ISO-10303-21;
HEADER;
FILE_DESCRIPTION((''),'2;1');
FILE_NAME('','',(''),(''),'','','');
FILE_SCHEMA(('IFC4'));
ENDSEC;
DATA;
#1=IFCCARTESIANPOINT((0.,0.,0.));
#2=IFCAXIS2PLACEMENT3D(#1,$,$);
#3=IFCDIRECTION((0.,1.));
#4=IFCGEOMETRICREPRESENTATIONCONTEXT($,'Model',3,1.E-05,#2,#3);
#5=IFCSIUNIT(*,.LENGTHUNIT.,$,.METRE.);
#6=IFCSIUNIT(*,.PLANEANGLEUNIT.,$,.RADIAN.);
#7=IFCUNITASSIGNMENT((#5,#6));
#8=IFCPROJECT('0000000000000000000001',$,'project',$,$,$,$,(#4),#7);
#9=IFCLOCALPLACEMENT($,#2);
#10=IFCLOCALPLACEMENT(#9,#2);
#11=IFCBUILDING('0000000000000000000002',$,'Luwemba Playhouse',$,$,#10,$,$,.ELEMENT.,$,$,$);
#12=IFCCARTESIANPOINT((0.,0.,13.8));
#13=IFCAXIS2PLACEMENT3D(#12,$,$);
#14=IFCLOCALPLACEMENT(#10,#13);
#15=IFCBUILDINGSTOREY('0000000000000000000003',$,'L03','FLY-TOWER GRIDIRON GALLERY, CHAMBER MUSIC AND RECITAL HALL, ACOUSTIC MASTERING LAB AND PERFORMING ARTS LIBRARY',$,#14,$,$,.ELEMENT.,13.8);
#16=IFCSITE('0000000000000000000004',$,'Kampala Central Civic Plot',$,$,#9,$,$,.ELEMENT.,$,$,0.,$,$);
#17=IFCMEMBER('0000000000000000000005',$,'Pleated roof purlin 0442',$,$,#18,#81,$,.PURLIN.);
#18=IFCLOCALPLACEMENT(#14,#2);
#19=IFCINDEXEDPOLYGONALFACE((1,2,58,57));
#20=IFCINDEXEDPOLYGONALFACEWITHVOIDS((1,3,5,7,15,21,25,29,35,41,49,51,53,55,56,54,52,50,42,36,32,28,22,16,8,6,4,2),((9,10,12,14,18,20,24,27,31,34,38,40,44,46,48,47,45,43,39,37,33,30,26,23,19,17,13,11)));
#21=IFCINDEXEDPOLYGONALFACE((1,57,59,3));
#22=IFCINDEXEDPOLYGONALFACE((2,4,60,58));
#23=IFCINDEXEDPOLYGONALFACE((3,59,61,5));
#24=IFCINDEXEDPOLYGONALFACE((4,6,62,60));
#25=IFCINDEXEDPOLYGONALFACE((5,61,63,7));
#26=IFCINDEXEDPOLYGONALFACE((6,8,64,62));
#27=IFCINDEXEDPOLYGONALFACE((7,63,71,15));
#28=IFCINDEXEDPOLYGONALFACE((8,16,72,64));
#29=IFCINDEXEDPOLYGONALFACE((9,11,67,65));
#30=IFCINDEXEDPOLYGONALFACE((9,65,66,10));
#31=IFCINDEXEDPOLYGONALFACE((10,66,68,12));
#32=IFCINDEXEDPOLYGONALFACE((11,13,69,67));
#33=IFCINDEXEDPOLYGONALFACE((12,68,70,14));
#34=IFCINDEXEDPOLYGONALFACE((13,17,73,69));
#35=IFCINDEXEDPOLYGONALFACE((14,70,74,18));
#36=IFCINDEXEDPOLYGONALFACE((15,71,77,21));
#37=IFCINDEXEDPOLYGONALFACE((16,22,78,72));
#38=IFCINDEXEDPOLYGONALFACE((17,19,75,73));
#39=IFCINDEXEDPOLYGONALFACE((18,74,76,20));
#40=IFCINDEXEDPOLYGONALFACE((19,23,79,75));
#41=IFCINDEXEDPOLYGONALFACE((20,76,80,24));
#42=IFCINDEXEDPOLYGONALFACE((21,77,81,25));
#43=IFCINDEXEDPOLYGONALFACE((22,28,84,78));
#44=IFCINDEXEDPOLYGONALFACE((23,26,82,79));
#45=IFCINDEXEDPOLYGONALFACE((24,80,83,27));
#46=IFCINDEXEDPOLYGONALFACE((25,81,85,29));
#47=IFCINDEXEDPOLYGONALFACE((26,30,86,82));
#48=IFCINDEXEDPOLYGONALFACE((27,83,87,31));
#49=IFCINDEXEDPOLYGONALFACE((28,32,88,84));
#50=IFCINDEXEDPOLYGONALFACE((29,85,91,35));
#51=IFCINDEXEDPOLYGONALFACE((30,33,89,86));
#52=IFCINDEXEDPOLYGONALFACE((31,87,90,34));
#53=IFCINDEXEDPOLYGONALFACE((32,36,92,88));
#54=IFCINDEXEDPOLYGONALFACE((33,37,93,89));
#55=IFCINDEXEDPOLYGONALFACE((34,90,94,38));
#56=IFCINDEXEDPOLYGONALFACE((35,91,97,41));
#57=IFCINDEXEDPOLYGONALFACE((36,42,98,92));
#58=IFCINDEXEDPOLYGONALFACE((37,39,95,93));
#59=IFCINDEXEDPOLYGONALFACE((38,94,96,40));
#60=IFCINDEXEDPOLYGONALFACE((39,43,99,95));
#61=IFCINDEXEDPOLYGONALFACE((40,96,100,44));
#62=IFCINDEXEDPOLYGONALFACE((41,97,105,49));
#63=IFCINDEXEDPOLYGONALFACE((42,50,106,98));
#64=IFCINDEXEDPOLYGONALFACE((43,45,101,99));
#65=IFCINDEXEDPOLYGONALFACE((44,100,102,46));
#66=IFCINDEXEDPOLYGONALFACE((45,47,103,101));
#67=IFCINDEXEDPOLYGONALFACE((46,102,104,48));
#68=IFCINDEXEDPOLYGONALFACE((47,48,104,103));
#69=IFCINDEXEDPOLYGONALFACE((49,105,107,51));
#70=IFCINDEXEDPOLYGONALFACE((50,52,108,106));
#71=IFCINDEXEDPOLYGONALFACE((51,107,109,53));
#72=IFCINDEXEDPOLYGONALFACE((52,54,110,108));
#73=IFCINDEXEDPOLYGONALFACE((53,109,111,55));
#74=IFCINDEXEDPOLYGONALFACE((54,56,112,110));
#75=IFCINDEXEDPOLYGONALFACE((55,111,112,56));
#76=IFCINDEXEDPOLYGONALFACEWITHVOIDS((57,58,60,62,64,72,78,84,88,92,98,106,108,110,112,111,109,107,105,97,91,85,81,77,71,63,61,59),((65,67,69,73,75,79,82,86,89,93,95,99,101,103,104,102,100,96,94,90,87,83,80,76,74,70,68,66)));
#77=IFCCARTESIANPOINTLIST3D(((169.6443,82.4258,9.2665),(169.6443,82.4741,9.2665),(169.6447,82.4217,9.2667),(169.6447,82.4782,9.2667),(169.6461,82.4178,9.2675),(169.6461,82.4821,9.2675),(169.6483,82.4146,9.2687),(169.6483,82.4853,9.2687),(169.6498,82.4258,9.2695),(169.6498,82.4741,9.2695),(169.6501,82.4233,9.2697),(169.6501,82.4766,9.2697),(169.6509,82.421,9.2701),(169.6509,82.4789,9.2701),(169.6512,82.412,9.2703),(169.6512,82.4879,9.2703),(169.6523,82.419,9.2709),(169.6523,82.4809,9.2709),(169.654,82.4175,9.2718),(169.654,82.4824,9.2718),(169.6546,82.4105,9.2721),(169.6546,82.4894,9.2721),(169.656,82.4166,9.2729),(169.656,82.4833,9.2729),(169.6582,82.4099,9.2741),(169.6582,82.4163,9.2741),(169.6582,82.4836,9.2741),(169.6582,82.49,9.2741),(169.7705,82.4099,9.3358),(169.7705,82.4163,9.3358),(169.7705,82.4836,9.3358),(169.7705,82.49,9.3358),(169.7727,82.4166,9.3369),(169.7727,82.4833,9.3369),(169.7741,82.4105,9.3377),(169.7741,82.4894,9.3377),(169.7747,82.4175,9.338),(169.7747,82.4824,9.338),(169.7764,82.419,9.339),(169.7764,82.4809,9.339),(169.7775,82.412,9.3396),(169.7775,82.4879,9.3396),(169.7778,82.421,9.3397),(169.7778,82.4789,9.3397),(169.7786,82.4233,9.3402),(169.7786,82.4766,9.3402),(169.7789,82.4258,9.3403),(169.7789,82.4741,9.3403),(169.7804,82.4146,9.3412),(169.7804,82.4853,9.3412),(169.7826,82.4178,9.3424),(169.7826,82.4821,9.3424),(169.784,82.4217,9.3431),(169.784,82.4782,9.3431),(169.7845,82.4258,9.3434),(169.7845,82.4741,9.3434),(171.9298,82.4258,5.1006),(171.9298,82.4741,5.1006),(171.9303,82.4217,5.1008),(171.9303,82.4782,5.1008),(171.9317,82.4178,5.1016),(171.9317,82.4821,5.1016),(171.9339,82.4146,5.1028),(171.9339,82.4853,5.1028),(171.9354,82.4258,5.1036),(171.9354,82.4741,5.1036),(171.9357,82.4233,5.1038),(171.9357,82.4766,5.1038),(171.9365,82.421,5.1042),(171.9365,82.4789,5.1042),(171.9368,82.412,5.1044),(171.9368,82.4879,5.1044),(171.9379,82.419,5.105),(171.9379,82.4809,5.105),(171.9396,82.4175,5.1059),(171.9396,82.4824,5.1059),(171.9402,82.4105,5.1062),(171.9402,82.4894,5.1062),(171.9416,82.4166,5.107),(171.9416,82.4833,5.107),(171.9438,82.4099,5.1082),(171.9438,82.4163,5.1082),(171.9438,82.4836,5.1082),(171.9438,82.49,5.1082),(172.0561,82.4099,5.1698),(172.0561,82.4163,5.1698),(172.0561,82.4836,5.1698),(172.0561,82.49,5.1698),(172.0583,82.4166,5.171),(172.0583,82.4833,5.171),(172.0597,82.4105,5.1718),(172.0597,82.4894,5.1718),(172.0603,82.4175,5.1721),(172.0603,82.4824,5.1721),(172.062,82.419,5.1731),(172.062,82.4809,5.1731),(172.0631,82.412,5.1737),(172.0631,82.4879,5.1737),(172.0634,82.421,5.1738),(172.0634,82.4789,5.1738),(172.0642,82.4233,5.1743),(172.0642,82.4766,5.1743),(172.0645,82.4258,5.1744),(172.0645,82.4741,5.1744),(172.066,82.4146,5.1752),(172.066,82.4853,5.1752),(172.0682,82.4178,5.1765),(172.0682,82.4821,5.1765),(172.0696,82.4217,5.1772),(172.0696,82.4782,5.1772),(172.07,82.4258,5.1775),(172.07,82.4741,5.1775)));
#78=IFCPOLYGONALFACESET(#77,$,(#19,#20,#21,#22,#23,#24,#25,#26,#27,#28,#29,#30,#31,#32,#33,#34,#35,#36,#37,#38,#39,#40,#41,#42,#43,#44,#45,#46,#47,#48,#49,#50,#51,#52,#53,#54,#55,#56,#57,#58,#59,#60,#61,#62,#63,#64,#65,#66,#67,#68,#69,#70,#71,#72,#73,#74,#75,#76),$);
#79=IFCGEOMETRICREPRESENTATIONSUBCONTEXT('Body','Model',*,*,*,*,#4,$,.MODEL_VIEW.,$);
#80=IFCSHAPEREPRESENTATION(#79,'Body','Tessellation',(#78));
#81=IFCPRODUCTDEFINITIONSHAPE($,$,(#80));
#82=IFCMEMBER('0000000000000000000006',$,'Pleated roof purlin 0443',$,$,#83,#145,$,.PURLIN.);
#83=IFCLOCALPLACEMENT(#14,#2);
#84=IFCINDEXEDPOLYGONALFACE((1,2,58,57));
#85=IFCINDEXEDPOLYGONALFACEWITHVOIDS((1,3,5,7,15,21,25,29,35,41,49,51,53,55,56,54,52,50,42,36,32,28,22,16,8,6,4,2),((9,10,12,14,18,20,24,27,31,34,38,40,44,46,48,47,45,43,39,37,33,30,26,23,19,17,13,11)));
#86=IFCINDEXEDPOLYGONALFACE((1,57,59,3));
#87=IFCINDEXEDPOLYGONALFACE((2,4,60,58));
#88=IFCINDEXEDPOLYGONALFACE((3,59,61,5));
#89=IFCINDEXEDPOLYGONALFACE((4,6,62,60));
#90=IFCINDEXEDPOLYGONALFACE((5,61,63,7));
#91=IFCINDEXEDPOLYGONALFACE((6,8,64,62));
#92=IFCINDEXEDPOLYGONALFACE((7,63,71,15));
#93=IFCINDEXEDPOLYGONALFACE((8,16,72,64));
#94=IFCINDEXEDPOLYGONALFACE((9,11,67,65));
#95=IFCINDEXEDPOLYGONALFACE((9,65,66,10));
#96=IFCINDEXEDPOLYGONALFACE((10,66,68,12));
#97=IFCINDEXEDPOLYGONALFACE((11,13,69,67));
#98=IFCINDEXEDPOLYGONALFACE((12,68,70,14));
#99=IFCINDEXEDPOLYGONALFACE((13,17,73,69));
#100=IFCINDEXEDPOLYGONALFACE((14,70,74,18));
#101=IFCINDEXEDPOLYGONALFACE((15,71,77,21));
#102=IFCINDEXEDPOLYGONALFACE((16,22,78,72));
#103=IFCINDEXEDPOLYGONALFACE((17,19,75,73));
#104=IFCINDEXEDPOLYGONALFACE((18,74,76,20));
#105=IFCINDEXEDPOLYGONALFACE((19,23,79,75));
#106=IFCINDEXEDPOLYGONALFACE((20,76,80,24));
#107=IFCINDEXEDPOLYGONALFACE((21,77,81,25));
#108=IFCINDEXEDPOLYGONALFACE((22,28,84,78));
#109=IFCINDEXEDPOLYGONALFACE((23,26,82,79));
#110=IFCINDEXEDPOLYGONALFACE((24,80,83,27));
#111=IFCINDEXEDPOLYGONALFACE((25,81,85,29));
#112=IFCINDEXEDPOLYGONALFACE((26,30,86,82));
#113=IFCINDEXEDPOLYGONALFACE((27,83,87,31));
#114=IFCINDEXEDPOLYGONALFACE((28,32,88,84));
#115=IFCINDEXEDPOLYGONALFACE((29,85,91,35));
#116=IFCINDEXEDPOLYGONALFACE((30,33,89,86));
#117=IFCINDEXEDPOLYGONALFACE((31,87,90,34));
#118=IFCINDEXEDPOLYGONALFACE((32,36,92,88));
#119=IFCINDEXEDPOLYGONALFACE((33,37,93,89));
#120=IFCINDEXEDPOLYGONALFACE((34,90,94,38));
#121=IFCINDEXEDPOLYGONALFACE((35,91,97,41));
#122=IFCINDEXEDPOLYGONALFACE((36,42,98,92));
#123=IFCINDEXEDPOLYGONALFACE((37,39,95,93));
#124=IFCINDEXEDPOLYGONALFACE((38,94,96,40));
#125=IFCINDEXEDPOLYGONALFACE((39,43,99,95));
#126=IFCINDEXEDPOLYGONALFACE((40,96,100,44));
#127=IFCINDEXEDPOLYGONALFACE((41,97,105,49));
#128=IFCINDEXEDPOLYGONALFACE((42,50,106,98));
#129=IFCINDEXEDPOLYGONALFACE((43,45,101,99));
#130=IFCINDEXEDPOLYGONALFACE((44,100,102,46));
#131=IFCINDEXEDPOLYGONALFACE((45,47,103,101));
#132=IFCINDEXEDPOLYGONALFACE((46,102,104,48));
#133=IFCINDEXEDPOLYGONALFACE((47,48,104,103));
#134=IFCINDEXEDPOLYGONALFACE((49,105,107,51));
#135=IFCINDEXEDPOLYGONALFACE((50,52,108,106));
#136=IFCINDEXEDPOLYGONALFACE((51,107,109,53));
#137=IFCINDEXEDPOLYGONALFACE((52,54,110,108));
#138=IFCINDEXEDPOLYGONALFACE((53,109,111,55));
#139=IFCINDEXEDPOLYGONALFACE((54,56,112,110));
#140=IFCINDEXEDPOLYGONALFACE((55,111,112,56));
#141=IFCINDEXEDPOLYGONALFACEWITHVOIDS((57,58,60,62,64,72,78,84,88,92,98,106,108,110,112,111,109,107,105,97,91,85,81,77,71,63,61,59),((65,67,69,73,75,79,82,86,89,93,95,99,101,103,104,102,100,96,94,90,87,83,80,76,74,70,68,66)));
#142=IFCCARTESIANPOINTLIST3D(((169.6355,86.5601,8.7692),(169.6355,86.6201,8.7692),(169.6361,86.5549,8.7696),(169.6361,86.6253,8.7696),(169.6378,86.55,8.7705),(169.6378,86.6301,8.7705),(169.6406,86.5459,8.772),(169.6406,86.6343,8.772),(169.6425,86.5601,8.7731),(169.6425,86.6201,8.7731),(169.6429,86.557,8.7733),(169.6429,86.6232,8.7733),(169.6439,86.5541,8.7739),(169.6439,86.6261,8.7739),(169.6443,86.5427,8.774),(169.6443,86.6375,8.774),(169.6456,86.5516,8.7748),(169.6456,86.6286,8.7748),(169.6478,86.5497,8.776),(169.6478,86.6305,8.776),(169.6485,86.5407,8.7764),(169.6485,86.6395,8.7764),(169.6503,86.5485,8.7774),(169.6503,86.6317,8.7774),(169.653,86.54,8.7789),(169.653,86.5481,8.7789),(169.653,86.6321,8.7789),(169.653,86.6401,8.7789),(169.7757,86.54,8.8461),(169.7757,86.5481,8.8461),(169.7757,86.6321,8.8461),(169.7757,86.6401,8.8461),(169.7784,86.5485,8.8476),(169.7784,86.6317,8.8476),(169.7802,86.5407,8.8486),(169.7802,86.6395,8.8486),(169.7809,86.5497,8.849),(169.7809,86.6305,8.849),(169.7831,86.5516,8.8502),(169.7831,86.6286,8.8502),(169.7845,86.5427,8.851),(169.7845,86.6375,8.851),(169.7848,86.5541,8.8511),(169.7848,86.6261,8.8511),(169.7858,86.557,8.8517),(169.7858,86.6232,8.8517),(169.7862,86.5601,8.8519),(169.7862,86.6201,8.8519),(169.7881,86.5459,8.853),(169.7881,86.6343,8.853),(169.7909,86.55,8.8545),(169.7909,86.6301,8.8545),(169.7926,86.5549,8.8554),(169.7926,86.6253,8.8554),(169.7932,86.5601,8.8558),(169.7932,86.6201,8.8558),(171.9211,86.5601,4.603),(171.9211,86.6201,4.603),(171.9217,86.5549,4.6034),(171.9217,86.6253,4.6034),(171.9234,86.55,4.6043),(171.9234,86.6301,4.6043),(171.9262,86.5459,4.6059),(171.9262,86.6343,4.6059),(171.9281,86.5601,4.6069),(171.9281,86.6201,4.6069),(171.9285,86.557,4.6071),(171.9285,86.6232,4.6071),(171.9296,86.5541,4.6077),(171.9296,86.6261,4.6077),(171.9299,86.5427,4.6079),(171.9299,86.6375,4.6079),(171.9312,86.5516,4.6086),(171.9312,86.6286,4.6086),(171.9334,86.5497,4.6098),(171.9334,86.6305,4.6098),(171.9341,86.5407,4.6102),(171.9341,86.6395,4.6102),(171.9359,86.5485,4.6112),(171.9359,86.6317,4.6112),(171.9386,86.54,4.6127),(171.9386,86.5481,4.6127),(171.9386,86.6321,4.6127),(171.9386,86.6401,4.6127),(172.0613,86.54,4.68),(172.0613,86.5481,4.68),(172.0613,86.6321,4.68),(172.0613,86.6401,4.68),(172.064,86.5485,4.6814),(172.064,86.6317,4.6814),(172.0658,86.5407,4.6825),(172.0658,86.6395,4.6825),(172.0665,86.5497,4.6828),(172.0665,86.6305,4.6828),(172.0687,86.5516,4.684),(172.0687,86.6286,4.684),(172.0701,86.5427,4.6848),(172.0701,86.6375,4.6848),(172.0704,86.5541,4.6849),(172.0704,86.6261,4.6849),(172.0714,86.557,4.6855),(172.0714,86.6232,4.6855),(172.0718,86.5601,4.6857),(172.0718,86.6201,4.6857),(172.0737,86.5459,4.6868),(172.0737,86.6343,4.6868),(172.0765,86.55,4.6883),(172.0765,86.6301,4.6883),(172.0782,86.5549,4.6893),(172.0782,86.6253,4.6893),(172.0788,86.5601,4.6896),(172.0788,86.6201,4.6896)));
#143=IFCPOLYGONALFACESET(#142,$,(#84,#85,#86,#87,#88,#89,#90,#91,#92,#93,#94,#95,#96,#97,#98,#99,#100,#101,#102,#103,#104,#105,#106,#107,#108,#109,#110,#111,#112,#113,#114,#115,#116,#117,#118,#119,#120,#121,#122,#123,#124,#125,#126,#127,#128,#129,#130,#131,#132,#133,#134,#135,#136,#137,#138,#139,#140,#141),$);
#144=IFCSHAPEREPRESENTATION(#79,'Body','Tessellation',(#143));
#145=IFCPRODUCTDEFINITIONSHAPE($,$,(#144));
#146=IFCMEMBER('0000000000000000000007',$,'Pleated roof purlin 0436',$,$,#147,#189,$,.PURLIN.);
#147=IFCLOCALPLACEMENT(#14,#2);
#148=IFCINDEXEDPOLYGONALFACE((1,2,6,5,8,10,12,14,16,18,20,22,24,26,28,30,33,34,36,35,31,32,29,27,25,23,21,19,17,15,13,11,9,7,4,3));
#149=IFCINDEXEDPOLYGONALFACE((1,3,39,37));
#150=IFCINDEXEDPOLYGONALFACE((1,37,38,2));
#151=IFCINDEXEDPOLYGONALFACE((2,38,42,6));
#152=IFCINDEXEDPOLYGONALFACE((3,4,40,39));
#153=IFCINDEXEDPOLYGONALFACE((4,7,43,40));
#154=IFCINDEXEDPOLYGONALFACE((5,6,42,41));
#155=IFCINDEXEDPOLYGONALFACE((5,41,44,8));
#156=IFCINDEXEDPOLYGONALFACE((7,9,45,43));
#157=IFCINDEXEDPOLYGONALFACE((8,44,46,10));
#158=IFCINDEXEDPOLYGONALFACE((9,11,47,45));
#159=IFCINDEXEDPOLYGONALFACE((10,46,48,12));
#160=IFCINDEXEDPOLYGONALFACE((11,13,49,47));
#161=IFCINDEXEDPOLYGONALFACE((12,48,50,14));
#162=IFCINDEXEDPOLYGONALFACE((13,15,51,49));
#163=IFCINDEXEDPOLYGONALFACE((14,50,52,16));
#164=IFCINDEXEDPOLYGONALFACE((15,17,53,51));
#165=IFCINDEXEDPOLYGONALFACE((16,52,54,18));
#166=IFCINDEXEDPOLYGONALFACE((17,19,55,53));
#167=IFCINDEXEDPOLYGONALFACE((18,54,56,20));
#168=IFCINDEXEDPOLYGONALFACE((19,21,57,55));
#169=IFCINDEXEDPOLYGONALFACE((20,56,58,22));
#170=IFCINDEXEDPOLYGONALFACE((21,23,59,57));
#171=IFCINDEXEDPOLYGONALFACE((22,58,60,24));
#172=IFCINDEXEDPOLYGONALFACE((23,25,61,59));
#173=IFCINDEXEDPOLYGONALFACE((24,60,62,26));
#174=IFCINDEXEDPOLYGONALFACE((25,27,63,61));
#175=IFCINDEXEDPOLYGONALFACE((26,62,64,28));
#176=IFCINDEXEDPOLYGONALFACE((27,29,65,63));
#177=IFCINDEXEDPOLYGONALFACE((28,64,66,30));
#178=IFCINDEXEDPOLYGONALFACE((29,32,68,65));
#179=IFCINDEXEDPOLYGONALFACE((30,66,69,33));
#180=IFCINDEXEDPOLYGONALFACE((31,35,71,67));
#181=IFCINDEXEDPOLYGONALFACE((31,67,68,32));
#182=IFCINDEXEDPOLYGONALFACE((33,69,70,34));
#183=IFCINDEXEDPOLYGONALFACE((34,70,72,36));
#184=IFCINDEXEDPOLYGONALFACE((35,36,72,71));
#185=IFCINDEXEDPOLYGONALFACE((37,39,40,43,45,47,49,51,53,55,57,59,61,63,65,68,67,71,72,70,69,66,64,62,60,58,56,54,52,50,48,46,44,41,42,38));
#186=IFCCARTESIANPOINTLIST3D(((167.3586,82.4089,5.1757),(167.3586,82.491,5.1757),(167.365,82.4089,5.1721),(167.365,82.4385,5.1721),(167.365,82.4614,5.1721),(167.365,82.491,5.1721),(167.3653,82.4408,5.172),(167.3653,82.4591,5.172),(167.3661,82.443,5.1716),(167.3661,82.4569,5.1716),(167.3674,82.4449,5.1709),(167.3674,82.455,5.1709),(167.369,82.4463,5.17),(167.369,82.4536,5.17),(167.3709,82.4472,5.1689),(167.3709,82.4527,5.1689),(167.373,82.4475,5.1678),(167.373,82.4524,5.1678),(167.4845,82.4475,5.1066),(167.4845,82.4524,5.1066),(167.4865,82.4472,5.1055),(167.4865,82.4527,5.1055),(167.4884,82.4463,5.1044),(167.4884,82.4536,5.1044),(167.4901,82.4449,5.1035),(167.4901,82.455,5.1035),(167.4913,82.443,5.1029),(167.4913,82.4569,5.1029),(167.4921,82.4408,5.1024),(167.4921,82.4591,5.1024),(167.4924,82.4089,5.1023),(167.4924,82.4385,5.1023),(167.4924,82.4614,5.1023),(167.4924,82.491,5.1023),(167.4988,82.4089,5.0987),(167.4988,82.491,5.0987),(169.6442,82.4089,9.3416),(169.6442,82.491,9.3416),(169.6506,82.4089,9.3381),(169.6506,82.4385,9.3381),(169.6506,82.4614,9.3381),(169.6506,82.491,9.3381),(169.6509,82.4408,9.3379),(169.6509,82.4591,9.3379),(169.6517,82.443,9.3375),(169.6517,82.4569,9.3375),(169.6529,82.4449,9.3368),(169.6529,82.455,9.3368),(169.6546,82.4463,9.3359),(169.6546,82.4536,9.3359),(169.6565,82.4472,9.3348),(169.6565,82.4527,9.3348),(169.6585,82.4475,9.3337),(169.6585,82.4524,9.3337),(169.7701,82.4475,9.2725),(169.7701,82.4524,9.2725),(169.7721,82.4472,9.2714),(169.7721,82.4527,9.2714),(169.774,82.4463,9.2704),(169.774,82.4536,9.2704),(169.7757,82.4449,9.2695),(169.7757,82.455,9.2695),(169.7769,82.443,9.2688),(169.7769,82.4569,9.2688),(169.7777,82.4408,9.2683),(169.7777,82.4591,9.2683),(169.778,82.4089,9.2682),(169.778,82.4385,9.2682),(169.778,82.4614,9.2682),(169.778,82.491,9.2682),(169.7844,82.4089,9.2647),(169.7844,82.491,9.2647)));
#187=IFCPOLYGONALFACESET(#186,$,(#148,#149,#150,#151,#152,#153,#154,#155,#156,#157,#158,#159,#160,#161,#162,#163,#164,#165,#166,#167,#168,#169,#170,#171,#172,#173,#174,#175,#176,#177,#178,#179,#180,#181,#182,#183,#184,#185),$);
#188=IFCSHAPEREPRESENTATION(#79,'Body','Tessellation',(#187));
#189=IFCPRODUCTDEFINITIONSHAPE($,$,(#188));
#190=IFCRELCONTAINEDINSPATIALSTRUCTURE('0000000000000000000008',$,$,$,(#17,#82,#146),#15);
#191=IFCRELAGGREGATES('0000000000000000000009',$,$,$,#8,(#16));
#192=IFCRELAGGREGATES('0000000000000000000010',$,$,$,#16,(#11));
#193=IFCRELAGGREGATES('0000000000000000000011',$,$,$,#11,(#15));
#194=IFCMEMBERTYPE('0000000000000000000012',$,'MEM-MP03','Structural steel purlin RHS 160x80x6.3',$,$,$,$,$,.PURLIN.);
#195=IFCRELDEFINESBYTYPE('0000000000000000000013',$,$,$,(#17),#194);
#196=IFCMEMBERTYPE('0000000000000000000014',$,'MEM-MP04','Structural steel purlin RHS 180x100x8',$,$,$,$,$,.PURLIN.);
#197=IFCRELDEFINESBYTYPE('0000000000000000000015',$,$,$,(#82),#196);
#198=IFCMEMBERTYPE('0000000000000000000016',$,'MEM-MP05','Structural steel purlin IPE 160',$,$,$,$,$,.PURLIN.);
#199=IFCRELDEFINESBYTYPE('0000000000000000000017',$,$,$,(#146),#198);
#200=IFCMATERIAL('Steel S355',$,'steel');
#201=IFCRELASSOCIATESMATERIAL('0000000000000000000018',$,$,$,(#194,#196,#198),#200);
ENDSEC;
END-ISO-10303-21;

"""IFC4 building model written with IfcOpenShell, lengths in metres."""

from ifc_helpers import new_model, si_unit, direction, frame, origin, origin_2d, place, context, subcontext, project, spatial, hollow_rectangle, i_section, extrude, material, material_profile, profile_set, type_object, element, save


model = new_model("IFC4")

# Units and contexts
model_context = context("Model", 3, precision=1e-05, world=origin(), true_north=direction((0.0, 1.0)))
body_context = subcontext(model_context, "Body", "Model", "MODEL_VIEW")
ifc_project = project(units=[si_unit("LENGTHUNIT", "METRE"), si_unit("PLANEANGLEUNIT", "RADIAN")], contexts=[model_context])

# Site, building, storey
site_placement = place(None, origin())
site = spatial("IfcSite", under=ifc_project, at=site_placement, Name="Kampala Central Civic Plot", CompositionType="ELEMENT", RefElevation=0.0)
building_placement = place(site_placement, origin())
building = spatial("IfcBuilding", under=site, at=building_placement, Name="Luwemba Playhouse", CompositionType="ELEMENT")
storey_placement = place(building_placement, frame((0.0, 0.0, 13.8)))
storey = spatial("IfcBuildingStorey", under=building, at=storey_placement, Name="L03", Description="FLY-TOWER GRIDIRON GALLERY, CHAMBER MUSIC AND RECITAL HALL, ACOUSTIC MASTERING LAB AND PERFORMING ARTS LIBRARY", CompositionType="ELEMENT", Elevation=13.8)

# Shared definitions
ifc_material_1 = material(Name="Steel S355", Category="steel")

# Members
ifc_material_profile_1 = material_profile(ifc_material_1, hollow_rectangle(XDim=0.0801, YDim=0.1599, WallThickness=0.0063, InnerFilletRadius=0.0095, OuterFilletRadius=0.0159, at=origin_2d()))
ifc_profile_set_1 = profile_set([ifc_material_profile_1], Name="Steel S355")
member_type_1 = type_object("IfcMemberType", Name="MEM-MP03", Description="Structural steel purlin RHS 160x80x6.3", PredefinedType="PURLIN", material=ifc_profile_set_1)
member_1_placement = place(storey_placement, frame((169.7144, 82.45, 9.3049), z_axis=(0.481003, 0.0, -0.876719), x_axis=(0.0, 1.0, 0.0)))
element("IfcMember", 1, at=member_1_placement, inside=storey, type_object=member_type_1, Name="Pleated roof purlin 0442", PredefinedType="PURLIN", context=body_context, shape_type="SweptSolid", body=[
    extrude(hollow_rectangle(XDim=0.0801, YDim=0.1599, WallThickness=0.0063, InnerFilletRadius=0.0095, OuterFilletRadius=0.0159, at=origin_2d()), origin(), (0.0, 0.0, 1.0), 4.7517),
])
ifc_material_profile_2 = material_profile(ifc_material_1, hollow_rectangle(XDim=0.1001, YDim=0.1799, WallThickness=0.0081, InnerFilletRadius=0.012, OuterFilletRadius=0.02, at=origin_2d()))
ifc_profile_set_2 = profile_set([ifc_material_profile_2], Name="Steel S355")
member_type_2 = type_object("IfcMemberType", Name="MEM-MP04", Description="Structural steel purlin RHS 180x100x8", PredefinedType="PURLIN", material=ifc_profile_set_2)
member_2_placement = place(storey_placement, frame((169.7144, 86.5901, 8.8125), z_axis=(0.480982, 0.0, -0.876731), x_axis=(0.0, 1.0, 0.0)))
element("IfcMember", 2, at=member_2_placement, inside=storey, type_object=member_type_2, Name="Pleated roof purlin 0443", PredefinedType="PURLIN", context=body_context, shape_type="SweptSolid", body=[
    extrude(hollow_rectangle(XDim=0.1001, YDim=0.1799, WallThickness=0.0081, InnerFilletRadius=0.012, OuterFilletRadius=0.02, at=origin_2d()), origin(), (0.0, 0.0, 1.0), 4.752),
])
ifc_material_profile_3 = material_profile(ifc_material_1, i_section(OverallWidth=0.082, OverallDepth=0.1599, WebThickness=0.0049, FlangeThickness=0.0073, FilletRadius=0.009, at=origin_2d()))
ifc_profile_set_3 = profile_set([ifc_material_profile_3], Name="Steel S355")
member_type_3 = type_object("IfcMemberType", Name="MEM-MP05", Description="Structural steel purlin IPE 160", PredefinedType="PURLIN", material=ifc_profile_set_3)
member_3_placement = place(storey_placement, frame((167.4287, 82.45, 5.1372), z_axis=(0.481003, 0.0, 0.876719), x_axis=(0.0, 1.0, 0.0)))
element("IfcMember", 3, at=member_3_placement, inside=storey, type_object=member_type_3, Name="Pleated roof purlin 0436", PredefinedType="PURLIN", context=body_context, shape_type="SweptSolid", body=[
    extrude(i_section(OverallWidth=0.082, OverallDepth=0.1599, WebThickness=0.0049, FlangeThickness=0.0073, FilletRadius=0.009, at=origin_2d()), origin(), (0.0, 0.0, 1.0), 4.7517),
])

save(model, "model.ifc")
